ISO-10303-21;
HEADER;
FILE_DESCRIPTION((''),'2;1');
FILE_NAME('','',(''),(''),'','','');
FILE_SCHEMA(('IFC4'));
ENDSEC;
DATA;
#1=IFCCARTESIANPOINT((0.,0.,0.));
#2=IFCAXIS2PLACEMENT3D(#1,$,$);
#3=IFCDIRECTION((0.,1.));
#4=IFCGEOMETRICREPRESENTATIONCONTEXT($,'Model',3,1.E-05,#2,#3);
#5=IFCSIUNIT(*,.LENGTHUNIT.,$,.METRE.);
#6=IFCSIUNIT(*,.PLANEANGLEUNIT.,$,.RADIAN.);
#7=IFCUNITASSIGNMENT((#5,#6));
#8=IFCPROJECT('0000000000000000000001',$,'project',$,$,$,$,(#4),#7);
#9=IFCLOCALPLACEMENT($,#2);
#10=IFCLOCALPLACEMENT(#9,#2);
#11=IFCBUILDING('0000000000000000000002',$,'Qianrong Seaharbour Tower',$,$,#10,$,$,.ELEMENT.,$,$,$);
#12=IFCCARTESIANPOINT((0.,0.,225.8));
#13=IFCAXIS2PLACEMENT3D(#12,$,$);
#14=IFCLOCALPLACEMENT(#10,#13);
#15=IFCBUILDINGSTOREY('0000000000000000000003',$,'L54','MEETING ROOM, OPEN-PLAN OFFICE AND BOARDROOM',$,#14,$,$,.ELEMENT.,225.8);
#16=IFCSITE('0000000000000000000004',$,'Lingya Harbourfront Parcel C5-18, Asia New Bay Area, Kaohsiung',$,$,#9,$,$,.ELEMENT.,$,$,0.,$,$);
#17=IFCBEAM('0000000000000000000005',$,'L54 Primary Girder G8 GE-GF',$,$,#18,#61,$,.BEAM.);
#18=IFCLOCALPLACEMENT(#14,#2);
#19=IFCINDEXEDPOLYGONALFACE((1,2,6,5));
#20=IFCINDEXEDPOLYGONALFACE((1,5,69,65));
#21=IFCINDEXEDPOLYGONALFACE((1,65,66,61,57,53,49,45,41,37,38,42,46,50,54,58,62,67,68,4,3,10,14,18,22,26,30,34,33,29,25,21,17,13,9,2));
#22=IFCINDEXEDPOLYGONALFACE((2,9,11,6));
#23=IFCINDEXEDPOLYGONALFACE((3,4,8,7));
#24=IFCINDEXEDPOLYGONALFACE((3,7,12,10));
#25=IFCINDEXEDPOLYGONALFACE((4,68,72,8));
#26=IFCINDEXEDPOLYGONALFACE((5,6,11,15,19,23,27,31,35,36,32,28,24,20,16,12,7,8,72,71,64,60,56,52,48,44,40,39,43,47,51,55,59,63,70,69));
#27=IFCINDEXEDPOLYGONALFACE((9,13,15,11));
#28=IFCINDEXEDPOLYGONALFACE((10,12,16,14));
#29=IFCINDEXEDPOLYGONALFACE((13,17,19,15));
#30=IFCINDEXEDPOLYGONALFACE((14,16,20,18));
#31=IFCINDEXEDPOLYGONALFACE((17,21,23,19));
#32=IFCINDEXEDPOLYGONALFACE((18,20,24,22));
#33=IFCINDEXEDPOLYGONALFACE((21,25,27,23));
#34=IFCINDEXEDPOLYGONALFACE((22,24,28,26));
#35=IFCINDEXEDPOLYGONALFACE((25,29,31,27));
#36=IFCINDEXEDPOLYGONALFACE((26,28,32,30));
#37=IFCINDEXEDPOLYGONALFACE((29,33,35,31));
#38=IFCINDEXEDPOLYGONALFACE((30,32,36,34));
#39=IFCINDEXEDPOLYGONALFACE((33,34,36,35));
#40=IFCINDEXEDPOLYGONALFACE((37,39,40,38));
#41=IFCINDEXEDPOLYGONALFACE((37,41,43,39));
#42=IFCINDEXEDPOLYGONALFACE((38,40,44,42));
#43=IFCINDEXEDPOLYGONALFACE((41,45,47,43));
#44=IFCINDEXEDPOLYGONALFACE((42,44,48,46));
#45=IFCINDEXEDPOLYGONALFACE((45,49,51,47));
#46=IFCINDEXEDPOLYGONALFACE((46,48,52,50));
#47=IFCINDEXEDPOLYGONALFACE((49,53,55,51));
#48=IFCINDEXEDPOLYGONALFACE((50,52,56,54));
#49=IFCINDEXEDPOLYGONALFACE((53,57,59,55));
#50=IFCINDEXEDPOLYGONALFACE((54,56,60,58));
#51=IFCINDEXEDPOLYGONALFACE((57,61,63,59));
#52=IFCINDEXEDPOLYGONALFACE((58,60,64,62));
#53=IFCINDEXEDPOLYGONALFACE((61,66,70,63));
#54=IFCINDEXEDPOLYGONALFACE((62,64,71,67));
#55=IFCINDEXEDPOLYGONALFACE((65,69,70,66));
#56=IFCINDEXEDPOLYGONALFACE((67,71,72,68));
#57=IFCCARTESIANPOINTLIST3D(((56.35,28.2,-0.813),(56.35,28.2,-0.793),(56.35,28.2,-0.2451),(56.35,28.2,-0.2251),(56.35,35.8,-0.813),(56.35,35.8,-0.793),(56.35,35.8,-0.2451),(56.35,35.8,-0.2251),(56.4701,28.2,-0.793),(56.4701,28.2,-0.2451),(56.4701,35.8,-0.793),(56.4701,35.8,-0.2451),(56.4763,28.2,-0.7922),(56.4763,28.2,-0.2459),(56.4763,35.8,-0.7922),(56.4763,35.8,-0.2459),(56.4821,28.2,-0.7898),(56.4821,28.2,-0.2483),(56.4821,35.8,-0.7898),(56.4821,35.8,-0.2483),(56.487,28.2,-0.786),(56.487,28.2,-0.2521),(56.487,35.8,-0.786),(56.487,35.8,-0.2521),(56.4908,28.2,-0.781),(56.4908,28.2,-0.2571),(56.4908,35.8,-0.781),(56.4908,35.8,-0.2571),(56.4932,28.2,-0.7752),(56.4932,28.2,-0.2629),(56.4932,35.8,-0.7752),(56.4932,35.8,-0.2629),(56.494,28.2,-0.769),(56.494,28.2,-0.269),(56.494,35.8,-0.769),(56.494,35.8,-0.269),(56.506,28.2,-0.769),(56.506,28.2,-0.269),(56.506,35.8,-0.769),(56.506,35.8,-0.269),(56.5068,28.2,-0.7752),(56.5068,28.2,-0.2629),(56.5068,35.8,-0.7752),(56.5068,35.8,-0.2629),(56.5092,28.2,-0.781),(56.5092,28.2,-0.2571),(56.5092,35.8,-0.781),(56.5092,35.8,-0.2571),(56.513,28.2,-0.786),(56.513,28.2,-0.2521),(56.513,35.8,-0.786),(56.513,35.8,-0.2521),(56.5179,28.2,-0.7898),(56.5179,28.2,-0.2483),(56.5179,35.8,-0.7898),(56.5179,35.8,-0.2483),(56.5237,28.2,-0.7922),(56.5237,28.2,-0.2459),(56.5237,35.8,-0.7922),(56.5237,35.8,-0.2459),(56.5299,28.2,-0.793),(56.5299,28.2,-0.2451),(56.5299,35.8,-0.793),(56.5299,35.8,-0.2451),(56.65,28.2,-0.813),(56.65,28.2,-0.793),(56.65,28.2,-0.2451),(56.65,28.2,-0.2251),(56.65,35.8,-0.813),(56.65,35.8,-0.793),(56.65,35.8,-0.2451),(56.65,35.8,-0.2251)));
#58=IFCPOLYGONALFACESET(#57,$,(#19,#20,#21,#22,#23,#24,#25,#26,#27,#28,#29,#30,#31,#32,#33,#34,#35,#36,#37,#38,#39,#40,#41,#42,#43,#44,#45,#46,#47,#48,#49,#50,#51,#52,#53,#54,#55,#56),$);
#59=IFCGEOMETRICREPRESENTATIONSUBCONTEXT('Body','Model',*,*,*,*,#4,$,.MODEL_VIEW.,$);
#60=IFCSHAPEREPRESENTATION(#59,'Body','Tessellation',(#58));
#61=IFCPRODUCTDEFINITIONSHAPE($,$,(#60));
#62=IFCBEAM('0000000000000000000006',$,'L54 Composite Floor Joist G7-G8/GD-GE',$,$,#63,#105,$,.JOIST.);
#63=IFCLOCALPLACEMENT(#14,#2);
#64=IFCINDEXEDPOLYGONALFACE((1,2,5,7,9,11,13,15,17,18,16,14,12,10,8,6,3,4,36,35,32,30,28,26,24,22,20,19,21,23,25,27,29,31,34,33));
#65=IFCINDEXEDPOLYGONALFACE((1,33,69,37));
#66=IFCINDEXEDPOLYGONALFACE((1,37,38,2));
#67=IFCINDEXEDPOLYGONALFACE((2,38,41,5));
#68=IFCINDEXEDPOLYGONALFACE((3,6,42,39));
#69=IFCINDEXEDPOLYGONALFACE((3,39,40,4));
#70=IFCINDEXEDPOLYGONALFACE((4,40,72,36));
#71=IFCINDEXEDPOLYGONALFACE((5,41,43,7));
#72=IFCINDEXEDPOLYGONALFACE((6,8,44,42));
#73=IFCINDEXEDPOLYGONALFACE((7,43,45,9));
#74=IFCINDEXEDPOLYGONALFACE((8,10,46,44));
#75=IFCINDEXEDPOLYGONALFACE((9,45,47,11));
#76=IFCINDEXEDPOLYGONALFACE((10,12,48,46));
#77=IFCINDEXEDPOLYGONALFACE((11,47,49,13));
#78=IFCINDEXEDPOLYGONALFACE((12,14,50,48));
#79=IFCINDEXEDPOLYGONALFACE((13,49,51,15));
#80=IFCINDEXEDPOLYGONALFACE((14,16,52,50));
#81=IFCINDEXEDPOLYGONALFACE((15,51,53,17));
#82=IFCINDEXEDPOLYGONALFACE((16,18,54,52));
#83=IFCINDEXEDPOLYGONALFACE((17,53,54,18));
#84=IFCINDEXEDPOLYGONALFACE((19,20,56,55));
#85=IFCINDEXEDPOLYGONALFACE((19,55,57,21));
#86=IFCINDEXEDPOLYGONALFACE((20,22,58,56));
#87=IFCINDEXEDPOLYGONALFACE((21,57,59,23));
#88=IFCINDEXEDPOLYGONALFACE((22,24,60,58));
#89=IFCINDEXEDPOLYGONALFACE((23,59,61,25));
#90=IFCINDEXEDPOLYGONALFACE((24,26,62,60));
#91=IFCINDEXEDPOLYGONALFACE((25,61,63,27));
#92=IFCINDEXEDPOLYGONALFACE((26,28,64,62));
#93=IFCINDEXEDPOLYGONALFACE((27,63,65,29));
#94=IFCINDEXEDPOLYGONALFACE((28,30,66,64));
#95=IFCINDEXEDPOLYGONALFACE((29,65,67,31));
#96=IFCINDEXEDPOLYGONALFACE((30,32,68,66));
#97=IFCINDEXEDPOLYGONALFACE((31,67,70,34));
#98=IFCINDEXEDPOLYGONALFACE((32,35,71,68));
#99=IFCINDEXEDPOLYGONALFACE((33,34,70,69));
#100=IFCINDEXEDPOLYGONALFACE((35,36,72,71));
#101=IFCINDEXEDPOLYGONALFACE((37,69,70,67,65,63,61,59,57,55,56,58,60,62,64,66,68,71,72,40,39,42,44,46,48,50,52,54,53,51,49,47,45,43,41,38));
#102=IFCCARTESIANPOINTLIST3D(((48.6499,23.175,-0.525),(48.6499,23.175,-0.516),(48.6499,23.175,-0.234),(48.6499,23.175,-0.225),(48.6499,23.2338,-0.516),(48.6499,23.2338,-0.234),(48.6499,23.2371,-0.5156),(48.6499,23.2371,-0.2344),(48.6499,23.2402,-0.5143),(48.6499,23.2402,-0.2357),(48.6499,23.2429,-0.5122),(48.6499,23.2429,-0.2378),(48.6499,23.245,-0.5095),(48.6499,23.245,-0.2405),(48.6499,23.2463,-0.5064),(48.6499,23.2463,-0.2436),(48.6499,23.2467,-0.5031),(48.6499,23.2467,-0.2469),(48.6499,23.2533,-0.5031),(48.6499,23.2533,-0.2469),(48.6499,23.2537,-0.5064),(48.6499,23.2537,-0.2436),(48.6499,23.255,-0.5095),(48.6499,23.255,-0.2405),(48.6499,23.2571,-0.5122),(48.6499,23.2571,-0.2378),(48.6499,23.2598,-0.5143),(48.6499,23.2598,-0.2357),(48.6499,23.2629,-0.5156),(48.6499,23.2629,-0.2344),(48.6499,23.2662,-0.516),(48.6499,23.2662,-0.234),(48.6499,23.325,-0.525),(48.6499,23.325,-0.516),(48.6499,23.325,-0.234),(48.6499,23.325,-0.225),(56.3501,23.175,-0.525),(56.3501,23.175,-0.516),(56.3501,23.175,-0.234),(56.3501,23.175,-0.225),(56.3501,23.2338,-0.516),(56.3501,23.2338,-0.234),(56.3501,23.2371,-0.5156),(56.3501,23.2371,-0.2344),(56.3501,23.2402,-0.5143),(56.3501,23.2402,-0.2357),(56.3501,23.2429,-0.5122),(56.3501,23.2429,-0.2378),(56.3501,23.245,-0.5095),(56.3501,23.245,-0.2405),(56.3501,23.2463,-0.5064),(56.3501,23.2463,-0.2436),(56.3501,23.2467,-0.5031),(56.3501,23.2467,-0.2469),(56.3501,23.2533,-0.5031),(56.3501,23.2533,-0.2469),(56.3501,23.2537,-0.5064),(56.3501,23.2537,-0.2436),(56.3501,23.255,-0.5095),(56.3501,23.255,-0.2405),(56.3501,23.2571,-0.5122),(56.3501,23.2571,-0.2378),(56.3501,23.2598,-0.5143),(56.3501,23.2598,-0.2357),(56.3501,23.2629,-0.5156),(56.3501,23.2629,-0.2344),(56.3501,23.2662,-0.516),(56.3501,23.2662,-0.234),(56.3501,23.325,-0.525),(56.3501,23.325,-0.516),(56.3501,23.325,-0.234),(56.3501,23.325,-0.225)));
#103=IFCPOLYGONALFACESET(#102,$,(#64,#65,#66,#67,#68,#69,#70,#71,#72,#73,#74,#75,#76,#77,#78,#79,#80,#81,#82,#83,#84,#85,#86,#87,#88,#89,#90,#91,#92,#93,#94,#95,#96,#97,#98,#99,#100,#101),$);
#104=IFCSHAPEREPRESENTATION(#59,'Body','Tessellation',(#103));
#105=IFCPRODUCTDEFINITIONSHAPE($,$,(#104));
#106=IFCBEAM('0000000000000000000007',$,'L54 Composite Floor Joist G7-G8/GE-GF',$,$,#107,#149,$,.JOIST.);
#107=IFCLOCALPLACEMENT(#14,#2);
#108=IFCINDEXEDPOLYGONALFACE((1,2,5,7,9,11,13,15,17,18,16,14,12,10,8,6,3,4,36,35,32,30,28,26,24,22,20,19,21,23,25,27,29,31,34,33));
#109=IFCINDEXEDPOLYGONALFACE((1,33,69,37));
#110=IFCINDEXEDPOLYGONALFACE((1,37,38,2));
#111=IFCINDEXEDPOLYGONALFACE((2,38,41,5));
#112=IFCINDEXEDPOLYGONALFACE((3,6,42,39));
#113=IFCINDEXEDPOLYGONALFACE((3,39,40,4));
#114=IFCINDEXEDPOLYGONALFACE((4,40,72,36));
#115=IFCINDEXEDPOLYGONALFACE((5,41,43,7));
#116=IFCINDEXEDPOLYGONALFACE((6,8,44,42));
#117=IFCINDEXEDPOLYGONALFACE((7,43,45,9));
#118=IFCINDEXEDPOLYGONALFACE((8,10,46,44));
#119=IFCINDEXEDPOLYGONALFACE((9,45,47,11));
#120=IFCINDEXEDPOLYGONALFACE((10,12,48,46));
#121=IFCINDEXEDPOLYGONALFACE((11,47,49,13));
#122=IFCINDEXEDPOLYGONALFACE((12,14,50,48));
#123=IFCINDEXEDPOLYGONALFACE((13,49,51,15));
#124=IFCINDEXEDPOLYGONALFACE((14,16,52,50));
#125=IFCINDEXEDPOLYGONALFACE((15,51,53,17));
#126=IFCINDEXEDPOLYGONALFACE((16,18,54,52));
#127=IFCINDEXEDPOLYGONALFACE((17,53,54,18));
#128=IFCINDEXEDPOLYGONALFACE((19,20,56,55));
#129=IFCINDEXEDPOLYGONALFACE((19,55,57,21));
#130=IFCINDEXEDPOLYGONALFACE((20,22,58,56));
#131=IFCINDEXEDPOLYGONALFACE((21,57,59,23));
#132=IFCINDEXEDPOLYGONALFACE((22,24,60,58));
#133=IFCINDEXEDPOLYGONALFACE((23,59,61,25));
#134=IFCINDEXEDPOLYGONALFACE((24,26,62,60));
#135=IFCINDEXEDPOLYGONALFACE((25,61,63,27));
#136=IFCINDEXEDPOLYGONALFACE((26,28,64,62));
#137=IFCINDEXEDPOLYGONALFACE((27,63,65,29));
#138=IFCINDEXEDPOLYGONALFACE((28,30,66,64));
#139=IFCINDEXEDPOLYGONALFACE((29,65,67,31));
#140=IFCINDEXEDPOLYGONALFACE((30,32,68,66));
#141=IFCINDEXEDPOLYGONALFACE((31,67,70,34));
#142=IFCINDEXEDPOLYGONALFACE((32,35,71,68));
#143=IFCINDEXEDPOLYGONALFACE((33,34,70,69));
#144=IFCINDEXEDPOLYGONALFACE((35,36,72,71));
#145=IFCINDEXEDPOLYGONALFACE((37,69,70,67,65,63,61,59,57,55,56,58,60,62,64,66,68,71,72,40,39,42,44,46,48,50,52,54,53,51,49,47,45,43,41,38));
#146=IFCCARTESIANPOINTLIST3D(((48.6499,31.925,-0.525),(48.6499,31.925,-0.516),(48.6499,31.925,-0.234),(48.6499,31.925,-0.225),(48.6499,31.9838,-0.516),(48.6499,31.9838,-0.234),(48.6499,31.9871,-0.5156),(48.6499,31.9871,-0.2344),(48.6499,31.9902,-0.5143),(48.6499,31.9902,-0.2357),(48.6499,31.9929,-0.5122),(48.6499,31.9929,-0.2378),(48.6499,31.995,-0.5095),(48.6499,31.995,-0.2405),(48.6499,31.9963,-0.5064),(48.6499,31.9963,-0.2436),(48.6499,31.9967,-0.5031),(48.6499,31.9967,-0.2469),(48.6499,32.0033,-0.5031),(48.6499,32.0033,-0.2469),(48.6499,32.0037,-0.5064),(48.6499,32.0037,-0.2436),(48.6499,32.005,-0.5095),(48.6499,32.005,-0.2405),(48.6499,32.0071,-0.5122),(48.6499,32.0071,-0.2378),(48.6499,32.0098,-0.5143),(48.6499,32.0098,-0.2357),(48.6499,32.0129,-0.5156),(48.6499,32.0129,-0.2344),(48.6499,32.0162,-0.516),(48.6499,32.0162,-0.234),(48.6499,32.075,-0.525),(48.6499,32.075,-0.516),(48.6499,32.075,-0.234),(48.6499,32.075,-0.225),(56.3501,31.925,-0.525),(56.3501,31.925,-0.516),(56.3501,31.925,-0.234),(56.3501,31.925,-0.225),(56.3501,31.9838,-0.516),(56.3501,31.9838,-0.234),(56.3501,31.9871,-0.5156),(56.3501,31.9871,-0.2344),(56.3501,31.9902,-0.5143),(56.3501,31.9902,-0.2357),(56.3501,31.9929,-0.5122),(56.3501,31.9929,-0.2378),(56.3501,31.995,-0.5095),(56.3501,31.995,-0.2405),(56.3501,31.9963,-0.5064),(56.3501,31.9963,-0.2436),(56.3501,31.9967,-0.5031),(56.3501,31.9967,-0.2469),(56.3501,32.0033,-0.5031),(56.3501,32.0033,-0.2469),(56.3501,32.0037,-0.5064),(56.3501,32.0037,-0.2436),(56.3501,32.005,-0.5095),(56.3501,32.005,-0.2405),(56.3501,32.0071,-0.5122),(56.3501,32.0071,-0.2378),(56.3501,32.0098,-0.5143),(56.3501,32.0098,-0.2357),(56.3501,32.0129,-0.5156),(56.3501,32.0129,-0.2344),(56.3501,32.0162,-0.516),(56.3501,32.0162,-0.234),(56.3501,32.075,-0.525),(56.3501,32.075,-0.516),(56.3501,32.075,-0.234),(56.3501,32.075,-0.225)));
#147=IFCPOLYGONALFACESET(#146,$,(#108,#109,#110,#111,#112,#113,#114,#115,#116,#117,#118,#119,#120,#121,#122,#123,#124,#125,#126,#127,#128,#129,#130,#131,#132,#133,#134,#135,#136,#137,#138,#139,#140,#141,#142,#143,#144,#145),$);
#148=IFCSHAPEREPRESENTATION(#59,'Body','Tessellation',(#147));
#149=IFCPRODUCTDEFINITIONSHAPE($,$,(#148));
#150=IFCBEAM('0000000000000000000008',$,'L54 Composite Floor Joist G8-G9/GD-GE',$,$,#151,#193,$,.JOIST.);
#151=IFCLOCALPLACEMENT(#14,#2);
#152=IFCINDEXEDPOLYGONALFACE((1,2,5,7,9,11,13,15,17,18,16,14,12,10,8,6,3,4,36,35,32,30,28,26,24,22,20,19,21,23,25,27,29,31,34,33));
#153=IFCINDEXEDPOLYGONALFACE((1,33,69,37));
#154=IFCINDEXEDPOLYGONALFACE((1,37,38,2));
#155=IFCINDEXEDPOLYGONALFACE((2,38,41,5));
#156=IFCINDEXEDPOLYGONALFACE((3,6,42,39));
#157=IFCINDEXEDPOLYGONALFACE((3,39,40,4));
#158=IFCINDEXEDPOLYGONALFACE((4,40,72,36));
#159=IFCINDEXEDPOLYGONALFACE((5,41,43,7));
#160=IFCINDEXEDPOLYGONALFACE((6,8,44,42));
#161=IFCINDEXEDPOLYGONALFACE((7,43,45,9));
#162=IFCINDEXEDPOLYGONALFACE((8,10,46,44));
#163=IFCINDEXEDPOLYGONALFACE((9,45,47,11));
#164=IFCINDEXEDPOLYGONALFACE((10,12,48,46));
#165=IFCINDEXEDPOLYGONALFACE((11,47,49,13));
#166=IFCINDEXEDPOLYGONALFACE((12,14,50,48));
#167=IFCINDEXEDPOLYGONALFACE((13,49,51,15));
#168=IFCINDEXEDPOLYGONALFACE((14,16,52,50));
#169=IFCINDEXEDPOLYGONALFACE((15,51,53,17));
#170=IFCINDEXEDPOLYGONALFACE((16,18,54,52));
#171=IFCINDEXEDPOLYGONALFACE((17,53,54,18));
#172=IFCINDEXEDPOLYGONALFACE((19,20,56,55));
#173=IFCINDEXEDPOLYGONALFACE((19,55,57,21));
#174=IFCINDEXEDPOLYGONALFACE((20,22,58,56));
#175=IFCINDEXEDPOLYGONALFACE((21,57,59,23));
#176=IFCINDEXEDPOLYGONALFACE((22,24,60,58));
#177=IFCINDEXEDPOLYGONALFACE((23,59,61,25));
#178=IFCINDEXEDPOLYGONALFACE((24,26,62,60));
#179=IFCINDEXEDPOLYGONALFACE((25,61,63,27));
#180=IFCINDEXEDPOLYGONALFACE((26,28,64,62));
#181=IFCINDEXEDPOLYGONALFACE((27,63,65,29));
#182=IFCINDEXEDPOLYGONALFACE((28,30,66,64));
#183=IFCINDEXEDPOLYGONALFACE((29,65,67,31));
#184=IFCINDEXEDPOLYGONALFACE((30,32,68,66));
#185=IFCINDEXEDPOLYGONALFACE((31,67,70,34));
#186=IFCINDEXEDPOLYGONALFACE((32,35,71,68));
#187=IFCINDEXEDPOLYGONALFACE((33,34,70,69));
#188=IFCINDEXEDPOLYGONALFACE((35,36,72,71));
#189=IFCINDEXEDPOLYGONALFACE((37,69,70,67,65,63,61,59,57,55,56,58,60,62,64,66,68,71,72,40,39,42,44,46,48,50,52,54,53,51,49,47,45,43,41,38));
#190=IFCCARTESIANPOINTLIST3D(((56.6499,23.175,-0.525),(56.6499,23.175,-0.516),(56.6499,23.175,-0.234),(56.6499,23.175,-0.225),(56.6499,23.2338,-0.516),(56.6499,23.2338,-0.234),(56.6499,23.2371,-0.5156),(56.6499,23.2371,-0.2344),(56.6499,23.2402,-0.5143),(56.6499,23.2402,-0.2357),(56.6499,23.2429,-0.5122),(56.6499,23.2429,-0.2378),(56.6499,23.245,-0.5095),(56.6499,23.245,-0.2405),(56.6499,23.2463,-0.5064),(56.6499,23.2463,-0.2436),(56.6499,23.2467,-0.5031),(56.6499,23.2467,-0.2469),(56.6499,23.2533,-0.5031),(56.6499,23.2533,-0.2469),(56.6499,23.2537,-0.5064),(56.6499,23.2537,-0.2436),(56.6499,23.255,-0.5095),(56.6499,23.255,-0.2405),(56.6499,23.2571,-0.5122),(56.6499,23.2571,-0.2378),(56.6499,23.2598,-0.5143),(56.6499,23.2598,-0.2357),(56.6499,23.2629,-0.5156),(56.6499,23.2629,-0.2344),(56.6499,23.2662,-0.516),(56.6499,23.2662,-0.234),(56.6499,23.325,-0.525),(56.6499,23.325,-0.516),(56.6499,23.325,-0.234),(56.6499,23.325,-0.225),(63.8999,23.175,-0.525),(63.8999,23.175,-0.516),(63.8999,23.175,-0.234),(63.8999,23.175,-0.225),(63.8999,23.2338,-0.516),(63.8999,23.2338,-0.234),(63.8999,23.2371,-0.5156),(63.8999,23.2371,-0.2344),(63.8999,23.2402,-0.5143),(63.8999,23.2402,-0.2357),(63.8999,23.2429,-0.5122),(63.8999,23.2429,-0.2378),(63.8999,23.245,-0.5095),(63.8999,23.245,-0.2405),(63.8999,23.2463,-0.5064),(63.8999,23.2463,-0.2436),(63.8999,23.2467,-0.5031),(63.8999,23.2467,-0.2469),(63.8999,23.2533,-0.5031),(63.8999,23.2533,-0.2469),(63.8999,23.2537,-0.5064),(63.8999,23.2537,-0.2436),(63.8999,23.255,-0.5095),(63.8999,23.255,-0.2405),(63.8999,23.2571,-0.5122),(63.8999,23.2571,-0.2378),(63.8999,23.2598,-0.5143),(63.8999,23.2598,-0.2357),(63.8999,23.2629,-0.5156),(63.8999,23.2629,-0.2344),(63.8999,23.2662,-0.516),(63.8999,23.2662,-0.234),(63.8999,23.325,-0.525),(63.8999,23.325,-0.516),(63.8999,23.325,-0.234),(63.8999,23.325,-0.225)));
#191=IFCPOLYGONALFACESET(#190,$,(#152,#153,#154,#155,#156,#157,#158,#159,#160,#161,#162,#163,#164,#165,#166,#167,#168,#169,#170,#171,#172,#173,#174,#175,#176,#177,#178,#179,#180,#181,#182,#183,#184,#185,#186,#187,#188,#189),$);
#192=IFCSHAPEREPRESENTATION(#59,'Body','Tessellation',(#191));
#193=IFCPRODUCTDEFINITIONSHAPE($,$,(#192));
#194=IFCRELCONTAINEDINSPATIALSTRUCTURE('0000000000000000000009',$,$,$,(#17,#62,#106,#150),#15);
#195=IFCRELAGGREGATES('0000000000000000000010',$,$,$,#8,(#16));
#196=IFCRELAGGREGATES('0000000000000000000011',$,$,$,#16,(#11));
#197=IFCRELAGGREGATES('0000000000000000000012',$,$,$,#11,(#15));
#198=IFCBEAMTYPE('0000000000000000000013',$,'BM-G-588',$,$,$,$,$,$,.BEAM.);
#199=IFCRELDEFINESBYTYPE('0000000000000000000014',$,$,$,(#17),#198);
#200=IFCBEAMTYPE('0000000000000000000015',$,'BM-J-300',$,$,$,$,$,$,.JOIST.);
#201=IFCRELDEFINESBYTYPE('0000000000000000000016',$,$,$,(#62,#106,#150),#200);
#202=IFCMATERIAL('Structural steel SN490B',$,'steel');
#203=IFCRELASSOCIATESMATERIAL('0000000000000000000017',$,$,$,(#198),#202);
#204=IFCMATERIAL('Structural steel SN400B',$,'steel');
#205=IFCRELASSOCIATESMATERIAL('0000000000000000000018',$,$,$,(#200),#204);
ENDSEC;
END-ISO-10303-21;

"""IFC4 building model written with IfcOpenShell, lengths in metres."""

from ifc_helpers import new_model, si_unit, direction, frame, origin, origin_2d, place, context, subcontext, project, spatial, i_section, extrude, material, material_profile, profile_set, type_object, element, save


model = new_model("IFC4")

# Units and contexts
model_context = context("Model", 3, precision=1e-05, world=origin(), true_north=direction((0.0, 1.0)))
body_context = subcontext(model_context, "Body", "Model", "MODEL_VIEW")
ifc_project = project(units=[si_unit("LENGTHUNIT", "METRE"), si_unit("PLANEANGLEUNIT", "RADIAN")], contexts=[model_context])

# Site, building, storey
site_placement = place(None, origin())
site = spatial("IfcSite", under=ifc_project, at=site_placement, Name="Lingya Harbourfront Parcel C5-18, Asia New Bay Area, Kaohsiung", CompositionType="ELEMENT", RefElevation=0.0)
building_placement = place(site_placement, origin())
building = spatial("IfcBuilding", under=site, at=building_placement, Name="Qianrong Seaharbour Tower", CompositionType="ELEMENT")
storey_placement = place(building_placement, frame((0.0, 0.0, 225.8)))
storey = spatial("IfcBuildingStorey", under=building, at=storey_placement, Name="L54", Description="MEETING ROOM, OPEN-PLAN OFFICE AND BOARDROOM", CompositionType="ELEMENT", Elevation=225.8)

# Shared definitions
ifc_material_1 = material(Name="Structural steel SN490B", Category="steel")

# Beams
ifc_material_profile_1 = material_profile(ifc_material_1, i_section(OverallWidth=0.3, OverallDepth=0.5879, WebThickness=0.012, FlangeThickness=0.02, FilletRadius=0.0239, at=origin_2d()), Name="H588x300x12x20")
ifc_profile_set_1 = profile_set([ifc_material_profile_1], Name="Structural steel SN490B")
beam_type_1 = type_object("IfcBeamType", Name="BM-G-588", PredefinedType="BEAM", material=ifc_profile_set_1)
for number, where, z_axis, x_axis, name in (
    (1, (56.5, 28.2, -0.519), (0.0, 1.0, 0.0), (-1.0, 0.0, 0.0), "L54 Primary Girder G8 GE-GF"),
):
    element("IfcBeam", number, at=place(storey_placement, frame(where, z_axis=z_axis, x_axis=x_axis)), inside=storey, type_object=beam_type_1, Name=name, PredefinedType="BEAM", context=body_context, shape_type="SweptSolid", body=[
        extrude(i_section(OverallWidth=0.3, OverallDepth=0.5879, WebThickness=0.012, FlangeThickness=0.02, FilletRadius=0.0239, at=origin_2d()), origin(), (0.0, 0.0, 1.0), 7.6001),
    ])
ifc_material_2 = material(Name="Structural steel SN400B", Category="steel")
ifc_material_profile_2 = material_profile(ifc_material_2, i_section(OverallWidth=0.1499, OverallDepth=0.3, WebThickness=0.0066, FlangeThickness=0.009, FilletRadius=0.0129, at=origin_2d()), Name="H300x150x6.5x9")
ifc_profile_set_2 = profile_set([ifc_material_profile_2], Name="Structural steel SN400B")
beam_type_2 = type_object("IfcBeamType", Name="BM-J-300", PredefinedType="JOIST", material=ifc_profile_set_2)
for number, where, z_axis, x_axis, name in (
    (2, (48.6499, 23.25, -0.375), (1.0, 0.0, 0.0), (0.0, 1.0, 0.0), "L54 Composite Floor Joist G7-G8/GD-GE"),
    (3, (48.6499, 32.0, -0.375), (1.0, 0.0, 0.0), (0.0, 1.0, 0.0), "L54 Composite Floor Joist G7-G8/GE-GF"),
):
    element("IfcBeam", number, at=place(storey_placement, frame(where, z_axis=z_axis, x_axis=x_axis)), inside=storey, type_object=beam_type_2, Name=name, PredefinedType="JOIST", context=body_context, shape_type="SweptSolid", body=[
        extrude(i_section(OverallWidth=0.1499, OverallDepth=0.3, WebThickness=0.0066, FlangeThickness=0.009, FilletRadius=0.0129, at=origin_2d()), origin(), (0.0, 0.0, 1.0), 7.7002),
    ])
for number, where, z_axis, x_axis, name in (
    (4, (56.6499, 23.25, -0.375), (1.0, 0.0, 0.0), (0.0, 1.0, 0.0), "L54 Composite Floor Joist G8-G9/GD-GE"),
):
    element("IfcBeam", number, at=place(storey_placement, frame(where, z_axis=z_axis, x_axis=x_axis)), inside=storey, type_object=beam_type_2, Name=name, PredefinedType="JOIST", context=body_context, shape_type="SweptSolid", body=[
        extrude(i_section(OverallWidth=0.1499, OverallDepth=0.3, WebThickness=0.0066, FlangeThickness=0.009, FilletRadius=0.0129, at=origin_2d()), origin(), (0.0, 0.0, 1.0), 7.25),
    ])

save(model, "model.ifc")
